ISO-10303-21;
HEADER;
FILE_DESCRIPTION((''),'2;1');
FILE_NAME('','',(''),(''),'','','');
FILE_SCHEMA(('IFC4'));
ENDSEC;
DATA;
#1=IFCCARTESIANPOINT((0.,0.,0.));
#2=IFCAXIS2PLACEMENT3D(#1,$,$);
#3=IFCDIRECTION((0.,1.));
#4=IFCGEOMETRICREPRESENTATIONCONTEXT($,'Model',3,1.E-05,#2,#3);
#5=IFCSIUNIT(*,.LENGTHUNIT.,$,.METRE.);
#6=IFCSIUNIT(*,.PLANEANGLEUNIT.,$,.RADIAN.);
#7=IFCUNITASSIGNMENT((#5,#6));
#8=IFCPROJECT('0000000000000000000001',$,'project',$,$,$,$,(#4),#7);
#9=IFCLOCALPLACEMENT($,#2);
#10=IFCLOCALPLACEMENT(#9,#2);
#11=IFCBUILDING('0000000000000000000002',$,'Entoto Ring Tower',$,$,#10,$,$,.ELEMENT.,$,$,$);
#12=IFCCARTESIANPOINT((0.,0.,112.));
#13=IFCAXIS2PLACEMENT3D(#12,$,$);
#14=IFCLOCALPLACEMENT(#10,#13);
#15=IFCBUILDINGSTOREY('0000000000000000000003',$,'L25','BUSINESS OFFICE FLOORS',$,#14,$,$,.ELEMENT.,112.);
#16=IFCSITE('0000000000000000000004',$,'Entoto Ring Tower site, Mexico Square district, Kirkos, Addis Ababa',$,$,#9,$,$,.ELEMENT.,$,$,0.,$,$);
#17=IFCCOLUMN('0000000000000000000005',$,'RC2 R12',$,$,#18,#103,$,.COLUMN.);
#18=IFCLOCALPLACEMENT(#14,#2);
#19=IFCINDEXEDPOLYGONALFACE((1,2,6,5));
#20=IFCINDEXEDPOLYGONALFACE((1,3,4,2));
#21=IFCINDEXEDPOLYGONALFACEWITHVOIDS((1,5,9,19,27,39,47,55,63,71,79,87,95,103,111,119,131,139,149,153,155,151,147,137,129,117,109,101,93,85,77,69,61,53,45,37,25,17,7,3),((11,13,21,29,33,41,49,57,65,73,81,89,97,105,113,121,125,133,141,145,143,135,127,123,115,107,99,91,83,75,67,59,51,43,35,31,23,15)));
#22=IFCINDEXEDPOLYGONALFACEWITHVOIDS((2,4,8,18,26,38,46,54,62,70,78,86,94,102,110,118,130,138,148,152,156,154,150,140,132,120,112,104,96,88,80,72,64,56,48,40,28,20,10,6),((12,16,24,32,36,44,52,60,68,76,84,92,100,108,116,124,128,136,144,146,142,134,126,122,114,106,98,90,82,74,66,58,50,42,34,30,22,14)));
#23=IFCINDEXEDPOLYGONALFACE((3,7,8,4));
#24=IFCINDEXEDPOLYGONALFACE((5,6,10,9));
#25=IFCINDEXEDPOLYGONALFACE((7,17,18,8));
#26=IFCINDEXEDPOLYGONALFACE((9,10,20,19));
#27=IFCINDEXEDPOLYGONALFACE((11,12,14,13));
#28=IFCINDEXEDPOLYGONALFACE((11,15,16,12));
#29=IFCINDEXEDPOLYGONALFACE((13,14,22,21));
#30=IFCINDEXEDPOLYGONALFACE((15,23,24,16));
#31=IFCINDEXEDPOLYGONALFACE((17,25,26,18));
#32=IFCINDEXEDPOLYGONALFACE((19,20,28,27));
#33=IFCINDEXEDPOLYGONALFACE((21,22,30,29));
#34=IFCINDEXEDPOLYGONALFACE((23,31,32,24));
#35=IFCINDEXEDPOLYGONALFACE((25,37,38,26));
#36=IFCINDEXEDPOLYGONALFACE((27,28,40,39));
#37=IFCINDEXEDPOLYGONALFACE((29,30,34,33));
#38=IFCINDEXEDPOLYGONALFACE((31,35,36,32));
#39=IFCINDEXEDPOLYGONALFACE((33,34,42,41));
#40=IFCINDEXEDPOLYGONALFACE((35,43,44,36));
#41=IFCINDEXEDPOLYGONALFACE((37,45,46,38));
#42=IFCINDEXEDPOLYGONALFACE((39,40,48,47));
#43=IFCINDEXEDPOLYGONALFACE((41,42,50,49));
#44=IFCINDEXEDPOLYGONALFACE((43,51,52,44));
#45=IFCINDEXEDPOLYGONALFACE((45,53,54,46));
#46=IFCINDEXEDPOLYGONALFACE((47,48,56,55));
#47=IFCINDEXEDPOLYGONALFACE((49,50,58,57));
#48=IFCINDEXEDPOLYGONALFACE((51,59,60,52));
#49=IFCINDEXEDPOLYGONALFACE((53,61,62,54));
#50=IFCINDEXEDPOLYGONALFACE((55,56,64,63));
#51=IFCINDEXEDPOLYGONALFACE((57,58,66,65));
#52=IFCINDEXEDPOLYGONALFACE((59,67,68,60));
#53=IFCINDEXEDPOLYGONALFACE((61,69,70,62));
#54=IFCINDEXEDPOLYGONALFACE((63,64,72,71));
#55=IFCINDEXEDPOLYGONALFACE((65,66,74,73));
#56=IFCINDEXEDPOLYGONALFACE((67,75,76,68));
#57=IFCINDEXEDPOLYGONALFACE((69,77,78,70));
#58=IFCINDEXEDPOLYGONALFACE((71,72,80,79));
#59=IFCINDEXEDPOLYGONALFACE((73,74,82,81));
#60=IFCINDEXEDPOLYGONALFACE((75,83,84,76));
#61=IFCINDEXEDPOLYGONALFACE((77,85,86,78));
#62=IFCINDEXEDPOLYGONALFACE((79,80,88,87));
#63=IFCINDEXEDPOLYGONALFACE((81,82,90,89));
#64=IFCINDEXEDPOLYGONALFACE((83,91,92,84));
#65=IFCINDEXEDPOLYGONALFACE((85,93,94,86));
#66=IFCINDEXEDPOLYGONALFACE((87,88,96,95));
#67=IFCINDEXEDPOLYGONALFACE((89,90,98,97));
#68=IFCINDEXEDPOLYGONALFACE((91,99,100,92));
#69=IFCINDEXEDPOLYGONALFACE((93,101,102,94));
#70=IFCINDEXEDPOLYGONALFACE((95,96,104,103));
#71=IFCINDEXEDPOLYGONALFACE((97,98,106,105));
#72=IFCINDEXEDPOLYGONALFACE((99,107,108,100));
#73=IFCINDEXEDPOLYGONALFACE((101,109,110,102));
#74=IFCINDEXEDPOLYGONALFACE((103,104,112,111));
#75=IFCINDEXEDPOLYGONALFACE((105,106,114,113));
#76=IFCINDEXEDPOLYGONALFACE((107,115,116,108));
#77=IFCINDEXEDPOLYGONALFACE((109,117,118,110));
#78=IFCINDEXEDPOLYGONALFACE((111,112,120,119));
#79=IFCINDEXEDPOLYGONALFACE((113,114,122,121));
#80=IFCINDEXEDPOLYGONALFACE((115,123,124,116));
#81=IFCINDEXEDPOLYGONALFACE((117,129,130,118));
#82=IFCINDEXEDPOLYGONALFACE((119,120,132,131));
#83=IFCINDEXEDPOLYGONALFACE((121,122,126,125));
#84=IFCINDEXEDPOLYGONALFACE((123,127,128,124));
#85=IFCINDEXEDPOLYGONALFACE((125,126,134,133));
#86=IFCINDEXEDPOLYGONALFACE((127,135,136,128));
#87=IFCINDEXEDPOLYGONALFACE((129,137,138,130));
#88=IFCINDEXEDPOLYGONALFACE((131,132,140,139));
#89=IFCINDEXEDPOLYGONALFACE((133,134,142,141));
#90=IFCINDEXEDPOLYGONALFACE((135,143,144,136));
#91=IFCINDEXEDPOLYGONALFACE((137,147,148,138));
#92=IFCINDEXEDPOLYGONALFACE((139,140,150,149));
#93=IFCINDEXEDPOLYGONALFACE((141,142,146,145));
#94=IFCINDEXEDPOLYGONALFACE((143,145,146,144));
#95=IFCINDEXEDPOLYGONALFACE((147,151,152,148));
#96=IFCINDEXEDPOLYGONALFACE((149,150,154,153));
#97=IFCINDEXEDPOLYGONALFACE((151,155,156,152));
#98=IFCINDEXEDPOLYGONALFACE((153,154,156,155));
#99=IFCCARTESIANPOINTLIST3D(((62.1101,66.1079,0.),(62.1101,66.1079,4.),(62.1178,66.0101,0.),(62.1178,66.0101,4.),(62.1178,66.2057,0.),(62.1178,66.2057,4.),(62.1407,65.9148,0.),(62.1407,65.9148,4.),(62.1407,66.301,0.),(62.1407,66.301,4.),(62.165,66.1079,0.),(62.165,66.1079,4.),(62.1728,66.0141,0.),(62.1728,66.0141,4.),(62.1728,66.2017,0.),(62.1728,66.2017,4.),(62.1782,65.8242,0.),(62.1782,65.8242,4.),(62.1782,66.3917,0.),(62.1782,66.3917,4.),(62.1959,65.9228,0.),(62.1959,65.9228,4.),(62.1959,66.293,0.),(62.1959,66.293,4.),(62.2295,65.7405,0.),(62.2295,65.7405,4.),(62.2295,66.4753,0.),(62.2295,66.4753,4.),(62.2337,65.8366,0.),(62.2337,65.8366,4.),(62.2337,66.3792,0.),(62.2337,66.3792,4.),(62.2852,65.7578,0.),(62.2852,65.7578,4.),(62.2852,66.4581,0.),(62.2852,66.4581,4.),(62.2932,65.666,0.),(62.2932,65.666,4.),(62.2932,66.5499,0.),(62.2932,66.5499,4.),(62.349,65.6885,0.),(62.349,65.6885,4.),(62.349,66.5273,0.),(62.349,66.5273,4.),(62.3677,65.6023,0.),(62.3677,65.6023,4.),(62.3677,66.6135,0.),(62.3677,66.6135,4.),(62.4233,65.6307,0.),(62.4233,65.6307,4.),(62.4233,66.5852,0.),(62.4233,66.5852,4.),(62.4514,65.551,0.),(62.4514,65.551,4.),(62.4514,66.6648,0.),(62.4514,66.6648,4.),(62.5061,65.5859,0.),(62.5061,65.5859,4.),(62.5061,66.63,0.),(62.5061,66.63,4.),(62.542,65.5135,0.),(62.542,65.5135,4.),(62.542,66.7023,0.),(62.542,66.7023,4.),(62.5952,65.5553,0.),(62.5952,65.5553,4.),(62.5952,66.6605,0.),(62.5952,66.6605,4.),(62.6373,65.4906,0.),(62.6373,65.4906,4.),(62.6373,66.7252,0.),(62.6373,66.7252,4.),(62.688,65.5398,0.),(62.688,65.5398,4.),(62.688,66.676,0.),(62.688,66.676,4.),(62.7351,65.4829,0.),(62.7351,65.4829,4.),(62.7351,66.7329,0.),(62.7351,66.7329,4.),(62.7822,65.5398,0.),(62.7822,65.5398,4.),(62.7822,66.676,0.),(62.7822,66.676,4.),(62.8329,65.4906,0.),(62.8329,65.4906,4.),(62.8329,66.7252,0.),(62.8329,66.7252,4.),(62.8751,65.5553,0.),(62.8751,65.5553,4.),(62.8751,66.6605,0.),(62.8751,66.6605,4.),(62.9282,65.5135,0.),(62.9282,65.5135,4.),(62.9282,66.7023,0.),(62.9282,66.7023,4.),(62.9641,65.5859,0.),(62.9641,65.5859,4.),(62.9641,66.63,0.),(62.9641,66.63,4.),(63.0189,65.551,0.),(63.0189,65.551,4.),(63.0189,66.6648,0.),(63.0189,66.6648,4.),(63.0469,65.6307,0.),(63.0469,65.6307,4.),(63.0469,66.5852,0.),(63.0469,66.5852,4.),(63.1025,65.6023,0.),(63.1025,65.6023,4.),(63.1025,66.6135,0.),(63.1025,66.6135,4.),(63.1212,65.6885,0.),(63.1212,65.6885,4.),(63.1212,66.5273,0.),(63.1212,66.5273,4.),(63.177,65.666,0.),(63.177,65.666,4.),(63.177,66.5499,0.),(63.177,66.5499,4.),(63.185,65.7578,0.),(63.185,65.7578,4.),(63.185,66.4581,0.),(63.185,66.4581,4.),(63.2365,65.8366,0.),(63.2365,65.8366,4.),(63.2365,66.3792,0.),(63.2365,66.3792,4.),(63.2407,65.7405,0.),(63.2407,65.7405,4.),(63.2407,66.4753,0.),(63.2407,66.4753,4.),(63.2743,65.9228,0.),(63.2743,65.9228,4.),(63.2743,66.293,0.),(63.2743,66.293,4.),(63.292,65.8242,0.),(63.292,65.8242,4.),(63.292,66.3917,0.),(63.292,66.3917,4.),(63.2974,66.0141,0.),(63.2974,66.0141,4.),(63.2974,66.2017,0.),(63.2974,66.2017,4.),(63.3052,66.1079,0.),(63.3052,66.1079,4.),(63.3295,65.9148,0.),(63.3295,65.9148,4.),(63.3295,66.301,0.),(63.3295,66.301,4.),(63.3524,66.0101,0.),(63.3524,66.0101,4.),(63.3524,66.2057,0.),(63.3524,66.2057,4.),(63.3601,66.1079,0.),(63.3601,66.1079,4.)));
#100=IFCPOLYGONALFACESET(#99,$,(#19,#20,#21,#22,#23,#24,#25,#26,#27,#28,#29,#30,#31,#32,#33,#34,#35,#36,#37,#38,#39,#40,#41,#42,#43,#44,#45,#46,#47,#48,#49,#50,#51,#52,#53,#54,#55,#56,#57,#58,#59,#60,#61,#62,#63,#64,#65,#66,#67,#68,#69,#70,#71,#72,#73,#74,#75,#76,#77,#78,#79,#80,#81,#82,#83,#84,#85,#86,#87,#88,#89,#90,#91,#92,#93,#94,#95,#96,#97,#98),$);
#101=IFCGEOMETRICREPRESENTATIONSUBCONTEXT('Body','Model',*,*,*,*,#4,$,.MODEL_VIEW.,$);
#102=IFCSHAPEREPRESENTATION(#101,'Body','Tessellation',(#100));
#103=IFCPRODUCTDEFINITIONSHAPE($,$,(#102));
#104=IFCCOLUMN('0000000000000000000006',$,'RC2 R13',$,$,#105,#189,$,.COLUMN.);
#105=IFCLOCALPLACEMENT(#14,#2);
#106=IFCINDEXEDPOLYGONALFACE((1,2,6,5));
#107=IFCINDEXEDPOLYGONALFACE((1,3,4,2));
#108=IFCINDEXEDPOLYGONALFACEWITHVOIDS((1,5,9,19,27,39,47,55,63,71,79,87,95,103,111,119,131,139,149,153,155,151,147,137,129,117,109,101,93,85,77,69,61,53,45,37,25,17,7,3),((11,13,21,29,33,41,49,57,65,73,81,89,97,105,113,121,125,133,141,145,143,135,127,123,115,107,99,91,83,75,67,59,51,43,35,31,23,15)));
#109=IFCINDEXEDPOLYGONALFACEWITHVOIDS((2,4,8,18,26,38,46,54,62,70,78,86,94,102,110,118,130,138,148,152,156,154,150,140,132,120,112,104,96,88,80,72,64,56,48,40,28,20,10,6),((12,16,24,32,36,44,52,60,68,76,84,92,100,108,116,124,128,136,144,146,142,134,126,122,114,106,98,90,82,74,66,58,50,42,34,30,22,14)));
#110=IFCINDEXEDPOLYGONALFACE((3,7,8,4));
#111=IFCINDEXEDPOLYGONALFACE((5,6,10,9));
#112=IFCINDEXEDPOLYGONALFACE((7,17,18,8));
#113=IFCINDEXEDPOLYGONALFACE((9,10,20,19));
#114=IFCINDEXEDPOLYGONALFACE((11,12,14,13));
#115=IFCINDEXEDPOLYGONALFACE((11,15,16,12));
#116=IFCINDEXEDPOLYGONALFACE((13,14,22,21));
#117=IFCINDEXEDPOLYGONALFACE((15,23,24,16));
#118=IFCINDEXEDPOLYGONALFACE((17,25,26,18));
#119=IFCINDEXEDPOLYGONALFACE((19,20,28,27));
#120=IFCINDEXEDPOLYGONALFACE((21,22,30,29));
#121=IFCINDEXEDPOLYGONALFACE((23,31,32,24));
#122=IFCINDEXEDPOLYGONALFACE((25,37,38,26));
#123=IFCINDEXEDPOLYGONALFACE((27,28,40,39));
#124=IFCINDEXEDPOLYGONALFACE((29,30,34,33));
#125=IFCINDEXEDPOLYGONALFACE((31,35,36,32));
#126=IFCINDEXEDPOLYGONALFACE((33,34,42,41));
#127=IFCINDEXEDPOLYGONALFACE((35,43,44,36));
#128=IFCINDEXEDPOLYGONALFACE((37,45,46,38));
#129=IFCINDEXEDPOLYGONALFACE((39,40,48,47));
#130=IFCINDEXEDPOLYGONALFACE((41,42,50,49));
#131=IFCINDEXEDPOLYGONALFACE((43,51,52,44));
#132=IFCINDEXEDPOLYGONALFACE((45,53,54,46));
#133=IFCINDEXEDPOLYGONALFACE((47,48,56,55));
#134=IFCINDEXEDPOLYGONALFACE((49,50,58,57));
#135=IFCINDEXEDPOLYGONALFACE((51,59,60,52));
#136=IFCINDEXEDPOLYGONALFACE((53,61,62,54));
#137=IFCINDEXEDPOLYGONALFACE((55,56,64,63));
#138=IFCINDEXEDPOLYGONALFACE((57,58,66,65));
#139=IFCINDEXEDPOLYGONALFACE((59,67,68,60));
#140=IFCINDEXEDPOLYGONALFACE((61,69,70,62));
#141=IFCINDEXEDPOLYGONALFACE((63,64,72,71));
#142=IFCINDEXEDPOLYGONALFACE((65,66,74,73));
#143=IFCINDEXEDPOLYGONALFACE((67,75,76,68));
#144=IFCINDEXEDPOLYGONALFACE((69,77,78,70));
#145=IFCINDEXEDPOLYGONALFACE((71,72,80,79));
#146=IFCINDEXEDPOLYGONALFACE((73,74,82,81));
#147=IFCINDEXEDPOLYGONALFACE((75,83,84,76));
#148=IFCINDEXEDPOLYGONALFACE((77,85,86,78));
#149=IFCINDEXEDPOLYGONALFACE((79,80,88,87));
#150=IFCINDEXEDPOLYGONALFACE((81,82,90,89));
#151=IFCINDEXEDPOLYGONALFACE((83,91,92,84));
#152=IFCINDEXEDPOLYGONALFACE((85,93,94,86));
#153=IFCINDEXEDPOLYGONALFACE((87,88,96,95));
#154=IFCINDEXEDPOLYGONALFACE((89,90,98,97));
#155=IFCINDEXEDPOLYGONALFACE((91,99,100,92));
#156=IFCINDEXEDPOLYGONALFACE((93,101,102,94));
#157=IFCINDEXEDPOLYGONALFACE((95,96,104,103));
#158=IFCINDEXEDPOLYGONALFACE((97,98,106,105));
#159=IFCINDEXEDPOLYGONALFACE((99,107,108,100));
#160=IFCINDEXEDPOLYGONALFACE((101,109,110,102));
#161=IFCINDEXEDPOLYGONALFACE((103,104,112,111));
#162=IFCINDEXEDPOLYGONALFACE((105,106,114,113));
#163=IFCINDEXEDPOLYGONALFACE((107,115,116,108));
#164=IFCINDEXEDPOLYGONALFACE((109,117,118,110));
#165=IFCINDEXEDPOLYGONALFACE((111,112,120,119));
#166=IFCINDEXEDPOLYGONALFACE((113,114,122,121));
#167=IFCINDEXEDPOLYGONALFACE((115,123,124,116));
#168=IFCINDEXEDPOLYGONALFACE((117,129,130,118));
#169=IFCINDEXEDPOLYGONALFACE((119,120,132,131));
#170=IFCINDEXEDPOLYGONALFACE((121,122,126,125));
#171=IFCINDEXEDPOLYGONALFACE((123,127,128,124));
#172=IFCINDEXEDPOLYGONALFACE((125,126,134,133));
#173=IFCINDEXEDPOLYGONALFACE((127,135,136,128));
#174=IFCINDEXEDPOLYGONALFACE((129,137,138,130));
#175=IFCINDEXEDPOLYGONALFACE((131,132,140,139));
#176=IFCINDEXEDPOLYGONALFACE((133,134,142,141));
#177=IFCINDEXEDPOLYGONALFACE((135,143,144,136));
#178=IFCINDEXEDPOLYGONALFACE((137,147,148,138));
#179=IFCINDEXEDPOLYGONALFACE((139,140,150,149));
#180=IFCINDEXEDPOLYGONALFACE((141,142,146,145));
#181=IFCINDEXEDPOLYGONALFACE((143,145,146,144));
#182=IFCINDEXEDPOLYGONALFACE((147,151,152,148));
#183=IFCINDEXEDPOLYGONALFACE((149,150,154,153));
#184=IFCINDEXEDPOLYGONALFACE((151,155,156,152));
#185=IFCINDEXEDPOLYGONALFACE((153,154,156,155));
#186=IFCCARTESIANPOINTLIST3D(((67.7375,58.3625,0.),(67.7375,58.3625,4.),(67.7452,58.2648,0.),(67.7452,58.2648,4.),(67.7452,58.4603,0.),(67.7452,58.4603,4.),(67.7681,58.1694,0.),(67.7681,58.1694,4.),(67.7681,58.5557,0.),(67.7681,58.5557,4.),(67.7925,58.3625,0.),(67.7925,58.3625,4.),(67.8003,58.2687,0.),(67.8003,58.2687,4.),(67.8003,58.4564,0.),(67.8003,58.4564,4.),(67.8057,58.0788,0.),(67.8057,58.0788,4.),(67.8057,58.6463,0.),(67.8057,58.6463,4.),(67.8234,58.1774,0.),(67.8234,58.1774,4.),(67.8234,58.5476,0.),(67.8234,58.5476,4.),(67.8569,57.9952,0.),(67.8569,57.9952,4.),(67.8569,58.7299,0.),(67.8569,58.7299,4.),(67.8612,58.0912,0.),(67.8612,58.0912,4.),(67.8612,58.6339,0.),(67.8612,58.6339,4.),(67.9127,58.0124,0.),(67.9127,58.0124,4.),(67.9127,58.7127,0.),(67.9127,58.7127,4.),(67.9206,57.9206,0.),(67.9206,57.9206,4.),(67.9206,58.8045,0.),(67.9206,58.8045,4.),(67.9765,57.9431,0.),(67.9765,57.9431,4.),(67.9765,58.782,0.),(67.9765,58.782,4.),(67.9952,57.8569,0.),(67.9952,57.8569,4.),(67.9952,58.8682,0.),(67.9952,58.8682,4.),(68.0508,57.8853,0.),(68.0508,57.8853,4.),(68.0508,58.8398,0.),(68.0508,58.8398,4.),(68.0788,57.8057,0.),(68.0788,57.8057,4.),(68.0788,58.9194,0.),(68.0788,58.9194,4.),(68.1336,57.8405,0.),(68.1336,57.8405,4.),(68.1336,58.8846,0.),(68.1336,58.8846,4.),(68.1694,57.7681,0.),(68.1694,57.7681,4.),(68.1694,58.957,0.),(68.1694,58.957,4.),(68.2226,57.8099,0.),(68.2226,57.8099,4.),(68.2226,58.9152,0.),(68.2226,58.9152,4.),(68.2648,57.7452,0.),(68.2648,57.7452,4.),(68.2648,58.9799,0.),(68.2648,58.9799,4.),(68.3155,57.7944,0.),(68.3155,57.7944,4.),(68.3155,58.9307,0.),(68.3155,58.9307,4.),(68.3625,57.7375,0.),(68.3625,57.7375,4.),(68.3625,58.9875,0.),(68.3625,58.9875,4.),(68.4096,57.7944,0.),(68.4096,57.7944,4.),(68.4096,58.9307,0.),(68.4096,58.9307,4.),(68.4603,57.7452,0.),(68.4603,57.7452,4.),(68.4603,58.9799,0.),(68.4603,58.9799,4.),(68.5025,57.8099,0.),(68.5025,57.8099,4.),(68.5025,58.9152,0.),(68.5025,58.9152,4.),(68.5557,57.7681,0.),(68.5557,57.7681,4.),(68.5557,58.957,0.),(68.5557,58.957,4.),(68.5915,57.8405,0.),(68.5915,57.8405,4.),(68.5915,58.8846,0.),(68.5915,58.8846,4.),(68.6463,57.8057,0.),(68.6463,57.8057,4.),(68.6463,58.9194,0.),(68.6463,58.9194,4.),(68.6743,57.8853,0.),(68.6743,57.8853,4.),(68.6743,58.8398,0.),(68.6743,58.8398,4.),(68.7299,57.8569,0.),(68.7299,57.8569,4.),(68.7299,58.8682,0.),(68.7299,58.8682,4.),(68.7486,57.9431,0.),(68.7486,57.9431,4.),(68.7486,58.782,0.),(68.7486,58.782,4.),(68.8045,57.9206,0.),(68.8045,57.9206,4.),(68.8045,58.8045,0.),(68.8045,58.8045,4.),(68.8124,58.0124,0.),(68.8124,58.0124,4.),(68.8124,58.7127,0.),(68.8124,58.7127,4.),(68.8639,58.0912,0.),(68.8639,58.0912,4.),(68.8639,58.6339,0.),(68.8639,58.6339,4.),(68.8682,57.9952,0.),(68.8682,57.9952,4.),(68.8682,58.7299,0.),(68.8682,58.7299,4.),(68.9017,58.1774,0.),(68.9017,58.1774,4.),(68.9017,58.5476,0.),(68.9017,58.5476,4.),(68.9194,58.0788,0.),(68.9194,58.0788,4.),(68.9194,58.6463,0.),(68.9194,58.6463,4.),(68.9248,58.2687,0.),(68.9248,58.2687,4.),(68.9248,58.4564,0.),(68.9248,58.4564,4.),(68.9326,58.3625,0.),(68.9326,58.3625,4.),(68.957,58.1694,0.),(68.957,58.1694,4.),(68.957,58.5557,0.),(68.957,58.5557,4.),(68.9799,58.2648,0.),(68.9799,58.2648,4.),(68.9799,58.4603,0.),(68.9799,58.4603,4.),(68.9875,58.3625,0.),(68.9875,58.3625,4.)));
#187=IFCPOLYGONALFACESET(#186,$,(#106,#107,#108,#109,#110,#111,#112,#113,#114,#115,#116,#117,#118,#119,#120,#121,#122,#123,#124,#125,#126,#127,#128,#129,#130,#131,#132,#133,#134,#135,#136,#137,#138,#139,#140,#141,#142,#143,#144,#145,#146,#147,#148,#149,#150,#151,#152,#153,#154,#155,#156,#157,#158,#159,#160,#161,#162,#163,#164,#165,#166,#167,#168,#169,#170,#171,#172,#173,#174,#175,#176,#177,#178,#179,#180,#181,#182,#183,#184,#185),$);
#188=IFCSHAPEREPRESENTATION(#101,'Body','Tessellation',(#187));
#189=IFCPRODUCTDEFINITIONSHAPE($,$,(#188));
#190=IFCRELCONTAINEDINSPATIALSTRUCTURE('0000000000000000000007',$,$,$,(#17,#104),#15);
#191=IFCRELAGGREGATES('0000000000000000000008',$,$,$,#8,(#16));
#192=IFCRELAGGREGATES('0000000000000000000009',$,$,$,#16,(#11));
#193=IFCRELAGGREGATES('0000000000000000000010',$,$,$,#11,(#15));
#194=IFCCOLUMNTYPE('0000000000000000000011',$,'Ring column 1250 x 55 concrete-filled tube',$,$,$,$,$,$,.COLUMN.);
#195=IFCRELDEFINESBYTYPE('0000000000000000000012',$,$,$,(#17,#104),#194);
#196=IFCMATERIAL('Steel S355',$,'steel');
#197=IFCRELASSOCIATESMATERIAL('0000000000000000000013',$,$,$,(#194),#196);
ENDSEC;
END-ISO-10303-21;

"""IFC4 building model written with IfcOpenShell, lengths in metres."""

from ifc_helpers import new_model, si_unit, direction, frame, origin, origin_2d, place, context, subcontext, project, spatial, circle, hollow_circle, extrude, material, material_profile, profile_set, type_object, element, save


model = new_model("IFC4")

# Units and contexts
model_context = context("Model", 3, precision=1e-05, world=origin(), true_north=direction((0.0, 1.0)))
body_context = subcontext(model_context, "Body", "Model", "MODEL_VIEW")
ifc_project = project(units=[si_unit("LENGTHUNIT", "METRE"), si_unit("PLANEANGLEUNIT", "RADIAN")], contexts=[model_context])

# Site, building, storey
site_placement = place(None, origin())
site = spatial("IfcSite", under=ifc_project, at=site_placement, Name="Entoto Ring Tower site, Mexico Square district, Kirkos, Addis Ababa", CompositionType="ELEMENT", RefElevation=0.0)
building_placement = place(site_placement, origin())
building = spatial("IfcBuilding", under=site, at=building_placement, Name="Entoto Ring Tower", CompositionType="ELEMENT")
storey_placement = place(building_placement, frame((0.0, 0.0, 112.0)))
storey = spatial("IfcBuildingStorey", under=building, at=storey_placement, Name="L25", Description="BUSINESS OFFICE FLOORS", CompositionType="ELEMENT", Elevation=112.0)

# Columns
ifc_material_1 = material(Name="Steel S355", Category="steel")
ifc_material_profile_1 = material_profile(ifc_material_1, hollow_circle(Radius=0.625, WallThickness=0.0549, at=origin_2d()), Name="CHS 1250 x 55")
ifc_material_2 = material(Name="Concrete C60/75", Category="concrete")
ifc_material_profile_2 = material_profile(ifc_material_2, circle(Radius=0.5701, at=origin_2d()), Name="Concrete C60/75 infill")
ifc_profile_set_1 = profile_set([ifc_material_profile_1, ifc_material_profile_2], Name="Steel S355")
column_type = type_object("IfcColumnType", Name="Ring column 1250 x 55 concrete-filled tube", PredefinedType="COLUMN", material=ifc_profile_set_1)
for number, where, z_axis, x_axis, name in (
    (1, (62.7351, 66.1079, 0.0), (0.0, 0.0, 1.0), (1.0, 0.0, 0.0), "RC2 R12"),
    (2, (68.3625, 58.3625, 0.0), (0.0, 0.0, 1.0), (1.0, 0.0, 0.0), "RC2 R13"),
):
    element("IfcColumn", number, at=place(storey_placement, frame(where, z_axis=z_axis, x_axis=x_axis)), inside=storey, type_object=column_type, Name=name, PredefinedType="COLUMN", context=body_context, shape_type="SweptSolid", body=[
        extrude(hollow_circle(Radius=0.625, WallThickness=0.0549, at=origin_2d()), origin(), (0.0, 0.0, 1.0), 4.0),
    ])

save(model, "model.ifc")
